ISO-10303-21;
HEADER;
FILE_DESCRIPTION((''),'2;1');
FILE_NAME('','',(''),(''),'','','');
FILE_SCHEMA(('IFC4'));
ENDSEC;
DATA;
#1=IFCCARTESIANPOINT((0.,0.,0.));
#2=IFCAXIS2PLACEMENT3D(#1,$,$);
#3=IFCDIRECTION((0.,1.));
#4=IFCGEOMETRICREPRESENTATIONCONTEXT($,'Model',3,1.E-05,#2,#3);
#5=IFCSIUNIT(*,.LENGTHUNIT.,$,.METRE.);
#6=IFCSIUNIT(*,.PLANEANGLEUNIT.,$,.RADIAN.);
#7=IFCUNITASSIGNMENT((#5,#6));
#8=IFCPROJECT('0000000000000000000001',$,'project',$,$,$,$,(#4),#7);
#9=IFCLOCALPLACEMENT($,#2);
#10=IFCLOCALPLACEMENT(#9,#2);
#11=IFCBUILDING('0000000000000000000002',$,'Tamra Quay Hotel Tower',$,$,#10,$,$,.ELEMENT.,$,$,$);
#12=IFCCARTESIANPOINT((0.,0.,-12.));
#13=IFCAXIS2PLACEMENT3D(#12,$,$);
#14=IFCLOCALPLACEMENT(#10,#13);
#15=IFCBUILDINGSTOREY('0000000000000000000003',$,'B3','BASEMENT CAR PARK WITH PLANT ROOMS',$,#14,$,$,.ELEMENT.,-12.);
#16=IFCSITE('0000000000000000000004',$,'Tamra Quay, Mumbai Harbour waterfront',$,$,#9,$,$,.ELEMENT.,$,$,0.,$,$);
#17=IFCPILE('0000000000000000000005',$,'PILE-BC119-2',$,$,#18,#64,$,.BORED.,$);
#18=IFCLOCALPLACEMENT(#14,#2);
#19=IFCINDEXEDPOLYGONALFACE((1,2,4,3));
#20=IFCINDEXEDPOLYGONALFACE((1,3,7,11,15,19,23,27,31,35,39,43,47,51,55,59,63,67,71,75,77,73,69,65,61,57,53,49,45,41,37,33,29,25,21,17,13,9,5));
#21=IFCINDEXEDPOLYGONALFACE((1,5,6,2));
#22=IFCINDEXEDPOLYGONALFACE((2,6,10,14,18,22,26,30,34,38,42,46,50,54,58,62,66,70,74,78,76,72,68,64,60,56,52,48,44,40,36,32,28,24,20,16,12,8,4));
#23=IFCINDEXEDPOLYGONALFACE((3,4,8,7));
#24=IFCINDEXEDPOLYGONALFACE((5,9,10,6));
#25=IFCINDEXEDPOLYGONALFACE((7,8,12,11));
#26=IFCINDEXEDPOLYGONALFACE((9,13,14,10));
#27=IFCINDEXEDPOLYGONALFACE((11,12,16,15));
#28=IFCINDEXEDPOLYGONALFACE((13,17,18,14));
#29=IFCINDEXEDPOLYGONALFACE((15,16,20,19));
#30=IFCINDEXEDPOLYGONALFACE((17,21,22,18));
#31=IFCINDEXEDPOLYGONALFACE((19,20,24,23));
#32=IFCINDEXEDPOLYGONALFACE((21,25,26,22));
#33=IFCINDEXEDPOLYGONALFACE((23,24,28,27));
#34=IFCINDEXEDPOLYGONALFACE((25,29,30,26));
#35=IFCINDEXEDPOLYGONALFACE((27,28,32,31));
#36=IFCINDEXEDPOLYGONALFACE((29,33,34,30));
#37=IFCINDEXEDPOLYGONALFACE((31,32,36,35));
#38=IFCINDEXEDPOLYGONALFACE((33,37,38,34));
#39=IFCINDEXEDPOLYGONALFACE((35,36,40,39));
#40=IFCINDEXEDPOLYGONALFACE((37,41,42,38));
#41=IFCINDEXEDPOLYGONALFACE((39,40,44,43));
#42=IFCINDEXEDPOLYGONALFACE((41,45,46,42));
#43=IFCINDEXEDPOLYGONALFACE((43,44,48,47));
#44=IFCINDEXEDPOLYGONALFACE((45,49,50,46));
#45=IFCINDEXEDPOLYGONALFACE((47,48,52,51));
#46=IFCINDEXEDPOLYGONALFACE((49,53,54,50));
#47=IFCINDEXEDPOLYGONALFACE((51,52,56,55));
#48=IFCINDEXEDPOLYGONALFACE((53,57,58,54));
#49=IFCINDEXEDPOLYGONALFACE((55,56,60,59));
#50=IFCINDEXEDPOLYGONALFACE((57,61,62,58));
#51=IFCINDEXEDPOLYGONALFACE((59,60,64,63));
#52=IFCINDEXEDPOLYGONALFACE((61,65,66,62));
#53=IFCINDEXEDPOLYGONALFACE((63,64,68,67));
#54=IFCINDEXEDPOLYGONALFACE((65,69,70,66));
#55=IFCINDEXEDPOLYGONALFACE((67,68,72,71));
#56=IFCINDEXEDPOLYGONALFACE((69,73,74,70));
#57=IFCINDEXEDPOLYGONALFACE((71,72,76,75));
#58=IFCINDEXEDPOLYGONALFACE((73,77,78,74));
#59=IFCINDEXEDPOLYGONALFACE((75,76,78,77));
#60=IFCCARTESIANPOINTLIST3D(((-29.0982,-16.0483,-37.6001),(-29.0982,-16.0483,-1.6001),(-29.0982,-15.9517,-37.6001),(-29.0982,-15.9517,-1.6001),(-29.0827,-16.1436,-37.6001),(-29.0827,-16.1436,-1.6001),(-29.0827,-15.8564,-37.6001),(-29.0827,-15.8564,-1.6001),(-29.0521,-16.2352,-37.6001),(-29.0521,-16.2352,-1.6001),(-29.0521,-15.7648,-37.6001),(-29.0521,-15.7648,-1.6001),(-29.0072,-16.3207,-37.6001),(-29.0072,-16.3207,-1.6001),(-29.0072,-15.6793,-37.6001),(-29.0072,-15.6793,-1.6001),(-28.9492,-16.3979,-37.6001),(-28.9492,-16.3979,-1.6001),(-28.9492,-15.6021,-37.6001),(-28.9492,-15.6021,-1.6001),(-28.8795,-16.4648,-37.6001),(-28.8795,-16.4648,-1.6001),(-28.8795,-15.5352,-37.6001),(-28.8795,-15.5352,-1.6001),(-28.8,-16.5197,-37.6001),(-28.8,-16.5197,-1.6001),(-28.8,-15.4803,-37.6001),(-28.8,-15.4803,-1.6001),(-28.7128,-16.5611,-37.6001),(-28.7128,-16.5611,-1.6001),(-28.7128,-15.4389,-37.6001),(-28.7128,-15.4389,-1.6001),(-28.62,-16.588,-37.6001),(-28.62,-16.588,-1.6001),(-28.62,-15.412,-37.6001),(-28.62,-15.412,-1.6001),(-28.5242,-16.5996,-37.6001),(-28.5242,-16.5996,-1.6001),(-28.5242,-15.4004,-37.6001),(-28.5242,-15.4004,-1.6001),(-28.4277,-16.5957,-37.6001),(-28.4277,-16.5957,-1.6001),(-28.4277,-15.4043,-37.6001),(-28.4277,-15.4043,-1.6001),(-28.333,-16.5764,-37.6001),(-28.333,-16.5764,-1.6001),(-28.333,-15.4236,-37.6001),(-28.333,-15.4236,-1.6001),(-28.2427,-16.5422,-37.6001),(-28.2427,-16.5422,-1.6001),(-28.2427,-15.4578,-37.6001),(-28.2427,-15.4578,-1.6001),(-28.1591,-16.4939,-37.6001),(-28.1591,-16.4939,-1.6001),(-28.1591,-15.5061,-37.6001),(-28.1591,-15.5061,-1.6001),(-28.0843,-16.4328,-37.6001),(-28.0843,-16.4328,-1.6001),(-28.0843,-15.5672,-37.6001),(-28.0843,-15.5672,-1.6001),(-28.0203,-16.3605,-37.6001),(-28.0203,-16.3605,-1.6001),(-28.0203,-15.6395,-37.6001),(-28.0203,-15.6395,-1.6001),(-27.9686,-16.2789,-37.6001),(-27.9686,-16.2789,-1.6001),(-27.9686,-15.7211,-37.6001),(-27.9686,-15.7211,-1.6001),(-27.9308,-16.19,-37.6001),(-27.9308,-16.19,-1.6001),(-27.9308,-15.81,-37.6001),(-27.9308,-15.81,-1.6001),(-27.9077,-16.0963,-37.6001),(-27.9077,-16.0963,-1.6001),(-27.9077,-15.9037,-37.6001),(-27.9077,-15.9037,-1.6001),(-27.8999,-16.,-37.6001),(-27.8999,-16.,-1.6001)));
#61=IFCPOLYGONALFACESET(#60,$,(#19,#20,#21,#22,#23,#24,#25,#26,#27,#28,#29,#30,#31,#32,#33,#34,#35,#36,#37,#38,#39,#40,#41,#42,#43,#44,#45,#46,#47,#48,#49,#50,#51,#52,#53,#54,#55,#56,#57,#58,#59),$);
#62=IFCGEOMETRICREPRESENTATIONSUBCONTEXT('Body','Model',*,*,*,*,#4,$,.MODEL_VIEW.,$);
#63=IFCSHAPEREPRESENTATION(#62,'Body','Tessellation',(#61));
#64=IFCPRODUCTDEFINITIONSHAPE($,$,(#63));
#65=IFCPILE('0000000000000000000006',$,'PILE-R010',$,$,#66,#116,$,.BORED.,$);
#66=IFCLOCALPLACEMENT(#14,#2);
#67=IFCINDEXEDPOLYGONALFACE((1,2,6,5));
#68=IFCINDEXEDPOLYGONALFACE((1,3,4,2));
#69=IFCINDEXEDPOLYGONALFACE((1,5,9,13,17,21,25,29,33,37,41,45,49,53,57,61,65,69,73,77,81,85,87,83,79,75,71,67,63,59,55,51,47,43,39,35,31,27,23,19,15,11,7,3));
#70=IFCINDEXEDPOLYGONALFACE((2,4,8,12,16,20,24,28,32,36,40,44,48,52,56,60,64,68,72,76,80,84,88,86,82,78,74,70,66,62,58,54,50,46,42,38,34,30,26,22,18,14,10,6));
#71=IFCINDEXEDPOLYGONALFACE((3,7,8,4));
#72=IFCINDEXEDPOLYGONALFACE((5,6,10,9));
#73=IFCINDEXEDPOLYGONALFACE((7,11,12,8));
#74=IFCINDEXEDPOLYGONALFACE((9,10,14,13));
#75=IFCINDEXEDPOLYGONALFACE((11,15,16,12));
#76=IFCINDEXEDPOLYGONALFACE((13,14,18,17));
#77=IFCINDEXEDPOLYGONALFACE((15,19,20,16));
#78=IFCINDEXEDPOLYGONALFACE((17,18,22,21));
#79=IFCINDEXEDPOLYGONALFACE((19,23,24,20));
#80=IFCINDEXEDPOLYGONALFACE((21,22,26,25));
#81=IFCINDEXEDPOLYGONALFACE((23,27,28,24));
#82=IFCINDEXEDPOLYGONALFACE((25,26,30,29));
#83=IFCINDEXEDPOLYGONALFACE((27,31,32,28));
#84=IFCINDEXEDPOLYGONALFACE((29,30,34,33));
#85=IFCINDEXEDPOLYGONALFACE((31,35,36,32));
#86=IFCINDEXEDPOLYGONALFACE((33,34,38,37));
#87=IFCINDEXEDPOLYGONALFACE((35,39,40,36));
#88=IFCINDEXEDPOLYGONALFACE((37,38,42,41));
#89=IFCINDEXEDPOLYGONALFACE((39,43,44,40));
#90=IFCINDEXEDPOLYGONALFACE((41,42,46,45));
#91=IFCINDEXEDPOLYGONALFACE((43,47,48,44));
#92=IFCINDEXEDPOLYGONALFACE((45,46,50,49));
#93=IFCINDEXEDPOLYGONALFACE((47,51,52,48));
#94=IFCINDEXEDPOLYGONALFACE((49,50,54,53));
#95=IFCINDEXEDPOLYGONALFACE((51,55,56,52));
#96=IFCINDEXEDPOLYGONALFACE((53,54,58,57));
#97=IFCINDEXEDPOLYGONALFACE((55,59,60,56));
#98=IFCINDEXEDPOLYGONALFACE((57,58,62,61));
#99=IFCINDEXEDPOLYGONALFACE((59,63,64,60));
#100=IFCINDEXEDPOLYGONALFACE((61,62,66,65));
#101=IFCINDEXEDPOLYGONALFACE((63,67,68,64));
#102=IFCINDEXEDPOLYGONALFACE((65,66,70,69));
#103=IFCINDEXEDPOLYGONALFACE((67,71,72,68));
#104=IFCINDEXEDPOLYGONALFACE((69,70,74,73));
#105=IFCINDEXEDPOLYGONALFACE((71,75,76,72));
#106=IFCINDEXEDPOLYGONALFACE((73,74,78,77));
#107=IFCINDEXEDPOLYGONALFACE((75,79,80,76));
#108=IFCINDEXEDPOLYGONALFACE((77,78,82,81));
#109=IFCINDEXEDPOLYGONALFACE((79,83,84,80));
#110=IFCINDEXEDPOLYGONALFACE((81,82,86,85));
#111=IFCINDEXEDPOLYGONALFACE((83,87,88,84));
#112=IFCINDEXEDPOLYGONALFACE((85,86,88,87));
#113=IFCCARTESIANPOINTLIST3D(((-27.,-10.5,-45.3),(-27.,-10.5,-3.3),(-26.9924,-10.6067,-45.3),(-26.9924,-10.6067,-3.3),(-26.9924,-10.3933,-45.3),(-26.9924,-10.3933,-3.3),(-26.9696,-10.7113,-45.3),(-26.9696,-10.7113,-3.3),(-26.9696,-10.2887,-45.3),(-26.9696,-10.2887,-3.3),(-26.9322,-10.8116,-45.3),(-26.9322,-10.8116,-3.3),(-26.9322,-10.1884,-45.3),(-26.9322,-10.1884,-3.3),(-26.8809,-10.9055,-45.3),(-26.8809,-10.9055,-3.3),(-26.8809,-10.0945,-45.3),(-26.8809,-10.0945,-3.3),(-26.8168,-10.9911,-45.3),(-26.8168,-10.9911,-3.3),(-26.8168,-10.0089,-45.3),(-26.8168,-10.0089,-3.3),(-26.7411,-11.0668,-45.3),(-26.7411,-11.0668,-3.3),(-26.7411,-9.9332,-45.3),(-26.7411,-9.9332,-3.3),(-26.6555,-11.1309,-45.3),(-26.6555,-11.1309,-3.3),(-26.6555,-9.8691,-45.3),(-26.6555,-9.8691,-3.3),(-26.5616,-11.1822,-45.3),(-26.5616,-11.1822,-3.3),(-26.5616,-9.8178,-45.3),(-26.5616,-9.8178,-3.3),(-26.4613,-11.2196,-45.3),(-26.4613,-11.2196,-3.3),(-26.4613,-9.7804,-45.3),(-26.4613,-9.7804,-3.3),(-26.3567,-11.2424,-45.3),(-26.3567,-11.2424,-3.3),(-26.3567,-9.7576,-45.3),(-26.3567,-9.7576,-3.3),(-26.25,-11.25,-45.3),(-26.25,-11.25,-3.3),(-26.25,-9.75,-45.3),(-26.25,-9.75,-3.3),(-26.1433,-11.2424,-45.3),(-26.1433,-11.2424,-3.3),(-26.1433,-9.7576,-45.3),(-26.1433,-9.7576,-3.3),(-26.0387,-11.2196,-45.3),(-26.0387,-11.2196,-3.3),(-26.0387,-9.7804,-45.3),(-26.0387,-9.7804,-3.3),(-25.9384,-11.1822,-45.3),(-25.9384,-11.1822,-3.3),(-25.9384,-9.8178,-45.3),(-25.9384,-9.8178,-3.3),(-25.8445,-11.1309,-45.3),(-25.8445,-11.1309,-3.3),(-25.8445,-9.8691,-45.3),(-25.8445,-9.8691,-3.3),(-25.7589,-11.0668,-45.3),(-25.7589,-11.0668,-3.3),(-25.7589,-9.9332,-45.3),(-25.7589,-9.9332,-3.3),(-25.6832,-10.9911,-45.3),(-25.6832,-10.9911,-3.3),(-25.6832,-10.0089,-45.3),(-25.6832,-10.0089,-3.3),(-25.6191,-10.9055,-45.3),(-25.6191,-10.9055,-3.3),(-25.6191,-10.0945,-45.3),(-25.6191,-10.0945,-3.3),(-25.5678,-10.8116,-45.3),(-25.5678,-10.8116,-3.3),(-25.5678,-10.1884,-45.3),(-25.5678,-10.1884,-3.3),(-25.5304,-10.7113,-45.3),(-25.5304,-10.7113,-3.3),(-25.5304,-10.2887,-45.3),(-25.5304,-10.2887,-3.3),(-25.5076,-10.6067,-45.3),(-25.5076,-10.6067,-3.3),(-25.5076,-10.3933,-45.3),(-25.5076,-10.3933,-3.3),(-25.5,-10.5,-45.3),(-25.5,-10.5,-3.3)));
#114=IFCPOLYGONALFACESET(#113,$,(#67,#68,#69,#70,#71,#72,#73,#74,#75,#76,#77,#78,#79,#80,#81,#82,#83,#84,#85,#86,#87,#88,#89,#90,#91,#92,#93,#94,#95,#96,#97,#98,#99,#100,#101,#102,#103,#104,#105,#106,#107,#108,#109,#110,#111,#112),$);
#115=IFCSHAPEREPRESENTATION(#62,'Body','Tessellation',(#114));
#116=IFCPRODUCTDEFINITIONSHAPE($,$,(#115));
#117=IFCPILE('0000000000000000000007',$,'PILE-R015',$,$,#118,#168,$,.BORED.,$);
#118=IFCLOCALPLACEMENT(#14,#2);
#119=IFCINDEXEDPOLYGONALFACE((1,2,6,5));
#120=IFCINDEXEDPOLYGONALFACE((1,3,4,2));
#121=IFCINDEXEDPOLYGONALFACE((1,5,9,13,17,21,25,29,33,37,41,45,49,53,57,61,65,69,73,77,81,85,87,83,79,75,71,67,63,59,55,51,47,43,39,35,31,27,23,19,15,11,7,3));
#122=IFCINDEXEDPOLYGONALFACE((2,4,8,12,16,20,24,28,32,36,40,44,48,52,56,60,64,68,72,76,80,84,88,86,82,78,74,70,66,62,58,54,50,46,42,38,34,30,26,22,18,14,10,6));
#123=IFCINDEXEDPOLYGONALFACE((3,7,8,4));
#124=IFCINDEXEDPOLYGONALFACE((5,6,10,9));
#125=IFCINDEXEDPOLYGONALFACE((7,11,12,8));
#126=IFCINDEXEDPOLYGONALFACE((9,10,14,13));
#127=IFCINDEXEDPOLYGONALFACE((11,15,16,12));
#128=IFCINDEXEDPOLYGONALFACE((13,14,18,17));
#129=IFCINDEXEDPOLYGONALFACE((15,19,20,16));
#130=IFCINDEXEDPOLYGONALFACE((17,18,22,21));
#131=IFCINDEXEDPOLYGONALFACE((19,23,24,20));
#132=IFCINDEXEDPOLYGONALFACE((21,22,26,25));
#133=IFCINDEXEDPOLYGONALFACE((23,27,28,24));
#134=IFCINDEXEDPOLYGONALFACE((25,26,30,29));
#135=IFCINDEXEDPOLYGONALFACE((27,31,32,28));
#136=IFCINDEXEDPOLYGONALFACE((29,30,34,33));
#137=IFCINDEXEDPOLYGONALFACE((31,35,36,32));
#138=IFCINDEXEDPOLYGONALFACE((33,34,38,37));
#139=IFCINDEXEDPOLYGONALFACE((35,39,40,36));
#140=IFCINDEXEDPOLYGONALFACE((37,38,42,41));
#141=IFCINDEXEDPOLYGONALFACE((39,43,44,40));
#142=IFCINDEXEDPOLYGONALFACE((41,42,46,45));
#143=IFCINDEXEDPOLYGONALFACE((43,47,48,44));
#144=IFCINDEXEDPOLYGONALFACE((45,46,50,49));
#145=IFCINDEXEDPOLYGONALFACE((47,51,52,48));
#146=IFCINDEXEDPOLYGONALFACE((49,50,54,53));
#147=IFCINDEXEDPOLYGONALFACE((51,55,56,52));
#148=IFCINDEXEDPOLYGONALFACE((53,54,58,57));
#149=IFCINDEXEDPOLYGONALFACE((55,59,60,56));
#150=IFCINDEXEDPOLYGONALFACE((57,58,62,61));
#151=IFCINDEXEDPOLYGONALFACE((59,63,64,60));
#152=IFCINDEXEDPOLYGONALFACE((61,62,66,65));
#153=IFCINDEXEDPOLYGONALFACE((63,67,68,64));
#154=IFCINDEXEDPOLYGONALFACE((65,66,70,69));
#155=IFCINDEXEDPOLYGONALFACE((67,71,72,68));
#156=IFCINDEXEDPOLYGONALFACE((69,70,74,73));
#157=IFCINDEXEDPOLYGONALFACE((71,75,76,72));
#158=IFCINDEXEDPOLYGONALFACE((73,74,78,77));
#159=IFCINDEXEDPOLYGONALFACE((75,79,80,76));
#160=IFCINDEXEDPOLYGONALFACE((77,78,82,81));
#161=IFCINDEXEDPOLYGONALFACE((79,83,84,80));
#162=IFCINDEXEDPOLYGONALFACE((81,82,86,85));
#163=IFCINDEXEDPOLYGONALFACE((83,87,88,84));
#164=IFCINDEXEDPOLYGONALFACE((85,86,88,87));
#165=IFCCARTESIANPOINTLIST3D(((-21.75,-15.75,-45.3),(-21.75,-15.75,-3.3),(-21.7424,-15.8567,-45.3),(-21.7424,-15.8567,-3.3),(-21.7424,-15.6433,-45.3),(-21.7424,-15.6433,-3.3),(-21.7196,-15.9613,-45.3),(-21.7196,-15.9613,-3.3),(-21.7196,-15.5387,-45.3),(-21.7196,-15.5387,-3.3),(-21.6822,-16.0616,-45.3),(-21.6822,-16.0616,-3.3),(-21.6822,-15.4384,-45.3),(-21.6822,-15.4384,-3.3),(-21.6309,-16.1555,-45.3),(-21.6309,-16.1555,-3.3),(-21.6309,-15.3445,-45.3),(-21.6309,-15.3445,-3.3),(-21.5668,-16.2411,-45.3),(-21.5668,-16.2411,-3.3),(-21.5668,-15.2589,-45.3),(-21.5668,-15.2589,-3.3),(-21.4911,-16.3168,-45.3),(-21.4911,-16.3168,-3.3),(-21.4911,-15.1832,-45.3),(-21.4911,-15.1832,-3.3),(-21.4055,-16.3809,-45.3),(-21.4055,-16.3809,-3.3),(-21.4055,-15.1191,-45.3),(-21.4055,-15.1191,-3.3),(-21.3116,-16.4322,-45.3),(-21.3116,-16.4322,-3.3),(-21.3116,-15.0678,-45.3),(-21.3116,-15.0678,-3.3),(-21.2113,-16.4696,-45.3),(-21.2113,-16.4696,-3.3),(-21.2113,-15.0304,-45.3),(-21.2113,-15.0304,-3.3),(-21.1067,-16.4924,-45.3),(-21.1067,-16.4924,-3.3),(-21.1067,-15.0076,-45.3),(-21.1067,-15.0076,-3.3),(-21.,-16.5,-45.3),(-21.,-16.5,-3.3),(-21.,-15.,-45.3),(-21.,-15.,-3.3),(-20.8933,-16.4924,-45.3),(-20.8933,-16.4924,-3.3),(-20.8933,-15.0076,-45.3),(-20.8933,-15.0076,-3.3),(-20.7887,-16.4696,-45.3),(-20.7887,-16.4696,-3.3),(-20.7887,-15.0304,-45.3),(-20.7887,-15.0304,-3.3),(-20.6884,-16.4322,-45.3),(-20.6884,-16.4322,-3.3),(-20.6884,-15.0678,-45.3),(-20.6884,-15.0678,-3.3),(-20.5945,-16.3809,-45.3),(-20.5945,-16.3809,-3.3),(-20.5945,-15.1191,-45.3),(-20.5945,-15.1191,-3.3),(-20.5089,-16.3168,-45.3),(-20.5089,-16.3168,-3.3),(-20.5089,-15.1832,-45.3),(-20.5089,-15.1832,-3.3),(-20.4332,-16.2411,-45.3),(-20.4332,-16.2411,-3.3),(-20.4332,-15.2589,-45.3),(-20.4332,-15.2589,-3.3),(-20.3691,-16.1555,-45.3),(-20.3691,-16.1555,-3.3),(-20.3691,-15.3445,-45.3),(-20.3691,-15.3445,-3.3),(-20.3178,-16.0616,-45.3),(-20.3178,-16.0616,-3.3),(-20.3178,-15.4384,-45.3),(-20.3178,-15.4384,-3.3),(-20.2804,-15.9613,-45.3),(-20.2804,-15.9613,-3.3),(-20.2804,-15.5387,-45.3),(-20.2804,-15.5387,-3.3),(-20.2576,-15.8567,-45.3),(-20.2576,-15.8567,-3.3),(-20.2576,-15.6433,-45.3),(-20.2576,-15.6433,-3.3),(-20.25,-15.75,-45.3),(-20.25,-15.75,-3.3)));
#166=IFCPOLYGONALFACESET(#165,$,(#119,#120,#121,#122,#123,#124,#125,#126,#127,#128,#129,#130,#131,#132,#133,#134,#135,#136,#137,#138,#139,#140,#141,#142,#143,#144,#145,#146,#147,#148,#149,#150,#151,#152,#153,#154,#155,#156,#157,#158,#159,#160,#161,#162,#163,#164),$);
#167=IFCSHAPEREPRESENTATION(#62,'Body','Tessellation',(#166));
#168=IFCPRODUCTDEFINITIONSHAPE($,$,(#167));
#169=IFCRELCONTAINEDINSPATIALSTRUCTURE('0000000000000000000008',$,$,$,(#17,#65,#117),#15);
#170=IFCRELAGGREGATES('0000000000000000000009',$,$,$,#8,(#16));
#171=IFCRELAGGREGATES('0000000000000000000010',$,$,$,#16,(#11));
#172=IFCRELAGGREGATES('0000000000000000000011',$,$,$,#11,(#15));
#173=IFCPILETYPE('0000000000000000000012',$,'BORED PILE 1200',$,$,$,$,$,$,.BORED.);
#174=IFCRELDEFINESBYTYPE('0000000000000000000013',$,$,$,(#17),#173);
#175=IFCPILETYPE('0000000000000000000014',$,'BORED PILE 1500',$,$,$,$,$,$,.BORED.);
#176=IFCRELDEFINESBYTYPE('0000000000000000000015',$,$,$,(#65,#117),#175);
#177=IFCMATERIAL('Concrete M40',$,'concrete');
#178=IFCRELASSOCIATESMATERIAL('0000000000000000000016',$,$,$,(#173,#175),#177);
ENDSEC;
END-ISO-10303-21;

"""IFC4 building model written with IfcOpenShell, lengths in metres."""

from ifc_helpers import new_model, si_unit, direction, frame, origin, origin_2d, place, context, subcontext, project, spatial, circle, extrude, material, material_profile, profile_set, type_object, element, save


model = new_model("IFC4")

# Units and contexts
model_context = context("Model", 3, precision=1e-05, world=origin(), true_north=direction((0.0, 1.0)))
body_context = subcontext(model_context, "Body", "Model", "MODEL_VIEW")
ifc_project = project(units=[si_unit("LENGTHUNIT", "METRE"), si_unit("PLANEANGLEUNIT", "RADIAN")], contexts=[model_context])

# Site, building, storey
site_placement = place(None, origin())
site = spatial("IfcSite", under=ifc_project, at=site_placement, Name="Tamra Quay, Mumbai Harbour waterfront", CompositionType="ELEMENT", RefElevation=0.0)
building_placement = place(site_placement, origin())
building = spatial("IfcBuilding", under=site, at=building_placement, Name="Tamra Quay Hotel Tower", CompositionType="ELEMENT")
storey_placement = place(building_placement, frame((0.0, 0.0, -12.0)))
storey = spatial("IfcBuildingStorey", under=building, at=storey_placement, Name="B3", Description="BASEMENT CAR PARK WITH PLANT ROOMS", CompositionType="ELEMENT", Elevation=-12.0)

# Piles
ifc_material_1 = material(Name="Concrete M40", Category="concrete")
ifc_material_profile_1 = material_profile(ifc_material_1, circle(Radius=0.6001, at=origin_2d()), Name="BORED PILE 1200")
ifc_profile_set_1 = profile_set([ifc_material_profile_1], Name="Concrete M40")
pile_type_1 = type_object("IfcPileType", Name="BORED PILE 1200", PredefinedType="BORED", material=ifc_profile_set_1)
pile_placement = place(storey_placement, frame((-28.5, -16.0, -1.6001), z_axis=(0.0, 0.0, -1.0), x_axis=(1.0, 0.0, 0.0)))
element("IfcPile", 1, at=pile_placement, inside=storey, type_object=pile_type_1, Name="PILE-BC119-2", PredefinedType="BORED", context=body_context, shape_type="SweptSolid", body=[
    extrude(circle(Radius=0.6001, at=origin_2d()), origin(), (0.0, 0.0, 1.0), 36.0),
])
ifc_material_profile_2 = material_profile(ifc_material_1, circle(Radius=0.75, at=origin_2d()), Name="BORED PILE 1500")
ifc_profile_set_2 = profile_set([ifc_material_profile_2], Name="Concrete M40")
pile_type_2 = type_object("IfcPileType", Name="BORED PILE 1500", PredefinedType="BORED", material=ifc_profile_set_2)
for number, where, z_axis, x_axis, name in (
    (2, (-26.25, -10.5, -3.3), (0.0, 0.0, -1.0), (1.0, 0.0, 0.0), "PILE-R010"),
    (3, (-21.0, -15.75, -3.3), (0.0, 0.0, -1.0), (1.0, 0.0, 0.0), "PILE-R015"),
):
    element("IfcPile", number, at=place(storey_placement, frame(where, z_axis=z_axis, x_axis=x_axis)), inside=storey, type_object=pile_type_2, Name=name, PredefinedType="BORED", context=body_context, shape_type="SweptSolid", body=[
        extrude(circle(Radius=0.75, at=origin_2d()), origin(), (0.0, 0.0, 1.0), 42.0),
    ])

save(model, "model.ifc")
